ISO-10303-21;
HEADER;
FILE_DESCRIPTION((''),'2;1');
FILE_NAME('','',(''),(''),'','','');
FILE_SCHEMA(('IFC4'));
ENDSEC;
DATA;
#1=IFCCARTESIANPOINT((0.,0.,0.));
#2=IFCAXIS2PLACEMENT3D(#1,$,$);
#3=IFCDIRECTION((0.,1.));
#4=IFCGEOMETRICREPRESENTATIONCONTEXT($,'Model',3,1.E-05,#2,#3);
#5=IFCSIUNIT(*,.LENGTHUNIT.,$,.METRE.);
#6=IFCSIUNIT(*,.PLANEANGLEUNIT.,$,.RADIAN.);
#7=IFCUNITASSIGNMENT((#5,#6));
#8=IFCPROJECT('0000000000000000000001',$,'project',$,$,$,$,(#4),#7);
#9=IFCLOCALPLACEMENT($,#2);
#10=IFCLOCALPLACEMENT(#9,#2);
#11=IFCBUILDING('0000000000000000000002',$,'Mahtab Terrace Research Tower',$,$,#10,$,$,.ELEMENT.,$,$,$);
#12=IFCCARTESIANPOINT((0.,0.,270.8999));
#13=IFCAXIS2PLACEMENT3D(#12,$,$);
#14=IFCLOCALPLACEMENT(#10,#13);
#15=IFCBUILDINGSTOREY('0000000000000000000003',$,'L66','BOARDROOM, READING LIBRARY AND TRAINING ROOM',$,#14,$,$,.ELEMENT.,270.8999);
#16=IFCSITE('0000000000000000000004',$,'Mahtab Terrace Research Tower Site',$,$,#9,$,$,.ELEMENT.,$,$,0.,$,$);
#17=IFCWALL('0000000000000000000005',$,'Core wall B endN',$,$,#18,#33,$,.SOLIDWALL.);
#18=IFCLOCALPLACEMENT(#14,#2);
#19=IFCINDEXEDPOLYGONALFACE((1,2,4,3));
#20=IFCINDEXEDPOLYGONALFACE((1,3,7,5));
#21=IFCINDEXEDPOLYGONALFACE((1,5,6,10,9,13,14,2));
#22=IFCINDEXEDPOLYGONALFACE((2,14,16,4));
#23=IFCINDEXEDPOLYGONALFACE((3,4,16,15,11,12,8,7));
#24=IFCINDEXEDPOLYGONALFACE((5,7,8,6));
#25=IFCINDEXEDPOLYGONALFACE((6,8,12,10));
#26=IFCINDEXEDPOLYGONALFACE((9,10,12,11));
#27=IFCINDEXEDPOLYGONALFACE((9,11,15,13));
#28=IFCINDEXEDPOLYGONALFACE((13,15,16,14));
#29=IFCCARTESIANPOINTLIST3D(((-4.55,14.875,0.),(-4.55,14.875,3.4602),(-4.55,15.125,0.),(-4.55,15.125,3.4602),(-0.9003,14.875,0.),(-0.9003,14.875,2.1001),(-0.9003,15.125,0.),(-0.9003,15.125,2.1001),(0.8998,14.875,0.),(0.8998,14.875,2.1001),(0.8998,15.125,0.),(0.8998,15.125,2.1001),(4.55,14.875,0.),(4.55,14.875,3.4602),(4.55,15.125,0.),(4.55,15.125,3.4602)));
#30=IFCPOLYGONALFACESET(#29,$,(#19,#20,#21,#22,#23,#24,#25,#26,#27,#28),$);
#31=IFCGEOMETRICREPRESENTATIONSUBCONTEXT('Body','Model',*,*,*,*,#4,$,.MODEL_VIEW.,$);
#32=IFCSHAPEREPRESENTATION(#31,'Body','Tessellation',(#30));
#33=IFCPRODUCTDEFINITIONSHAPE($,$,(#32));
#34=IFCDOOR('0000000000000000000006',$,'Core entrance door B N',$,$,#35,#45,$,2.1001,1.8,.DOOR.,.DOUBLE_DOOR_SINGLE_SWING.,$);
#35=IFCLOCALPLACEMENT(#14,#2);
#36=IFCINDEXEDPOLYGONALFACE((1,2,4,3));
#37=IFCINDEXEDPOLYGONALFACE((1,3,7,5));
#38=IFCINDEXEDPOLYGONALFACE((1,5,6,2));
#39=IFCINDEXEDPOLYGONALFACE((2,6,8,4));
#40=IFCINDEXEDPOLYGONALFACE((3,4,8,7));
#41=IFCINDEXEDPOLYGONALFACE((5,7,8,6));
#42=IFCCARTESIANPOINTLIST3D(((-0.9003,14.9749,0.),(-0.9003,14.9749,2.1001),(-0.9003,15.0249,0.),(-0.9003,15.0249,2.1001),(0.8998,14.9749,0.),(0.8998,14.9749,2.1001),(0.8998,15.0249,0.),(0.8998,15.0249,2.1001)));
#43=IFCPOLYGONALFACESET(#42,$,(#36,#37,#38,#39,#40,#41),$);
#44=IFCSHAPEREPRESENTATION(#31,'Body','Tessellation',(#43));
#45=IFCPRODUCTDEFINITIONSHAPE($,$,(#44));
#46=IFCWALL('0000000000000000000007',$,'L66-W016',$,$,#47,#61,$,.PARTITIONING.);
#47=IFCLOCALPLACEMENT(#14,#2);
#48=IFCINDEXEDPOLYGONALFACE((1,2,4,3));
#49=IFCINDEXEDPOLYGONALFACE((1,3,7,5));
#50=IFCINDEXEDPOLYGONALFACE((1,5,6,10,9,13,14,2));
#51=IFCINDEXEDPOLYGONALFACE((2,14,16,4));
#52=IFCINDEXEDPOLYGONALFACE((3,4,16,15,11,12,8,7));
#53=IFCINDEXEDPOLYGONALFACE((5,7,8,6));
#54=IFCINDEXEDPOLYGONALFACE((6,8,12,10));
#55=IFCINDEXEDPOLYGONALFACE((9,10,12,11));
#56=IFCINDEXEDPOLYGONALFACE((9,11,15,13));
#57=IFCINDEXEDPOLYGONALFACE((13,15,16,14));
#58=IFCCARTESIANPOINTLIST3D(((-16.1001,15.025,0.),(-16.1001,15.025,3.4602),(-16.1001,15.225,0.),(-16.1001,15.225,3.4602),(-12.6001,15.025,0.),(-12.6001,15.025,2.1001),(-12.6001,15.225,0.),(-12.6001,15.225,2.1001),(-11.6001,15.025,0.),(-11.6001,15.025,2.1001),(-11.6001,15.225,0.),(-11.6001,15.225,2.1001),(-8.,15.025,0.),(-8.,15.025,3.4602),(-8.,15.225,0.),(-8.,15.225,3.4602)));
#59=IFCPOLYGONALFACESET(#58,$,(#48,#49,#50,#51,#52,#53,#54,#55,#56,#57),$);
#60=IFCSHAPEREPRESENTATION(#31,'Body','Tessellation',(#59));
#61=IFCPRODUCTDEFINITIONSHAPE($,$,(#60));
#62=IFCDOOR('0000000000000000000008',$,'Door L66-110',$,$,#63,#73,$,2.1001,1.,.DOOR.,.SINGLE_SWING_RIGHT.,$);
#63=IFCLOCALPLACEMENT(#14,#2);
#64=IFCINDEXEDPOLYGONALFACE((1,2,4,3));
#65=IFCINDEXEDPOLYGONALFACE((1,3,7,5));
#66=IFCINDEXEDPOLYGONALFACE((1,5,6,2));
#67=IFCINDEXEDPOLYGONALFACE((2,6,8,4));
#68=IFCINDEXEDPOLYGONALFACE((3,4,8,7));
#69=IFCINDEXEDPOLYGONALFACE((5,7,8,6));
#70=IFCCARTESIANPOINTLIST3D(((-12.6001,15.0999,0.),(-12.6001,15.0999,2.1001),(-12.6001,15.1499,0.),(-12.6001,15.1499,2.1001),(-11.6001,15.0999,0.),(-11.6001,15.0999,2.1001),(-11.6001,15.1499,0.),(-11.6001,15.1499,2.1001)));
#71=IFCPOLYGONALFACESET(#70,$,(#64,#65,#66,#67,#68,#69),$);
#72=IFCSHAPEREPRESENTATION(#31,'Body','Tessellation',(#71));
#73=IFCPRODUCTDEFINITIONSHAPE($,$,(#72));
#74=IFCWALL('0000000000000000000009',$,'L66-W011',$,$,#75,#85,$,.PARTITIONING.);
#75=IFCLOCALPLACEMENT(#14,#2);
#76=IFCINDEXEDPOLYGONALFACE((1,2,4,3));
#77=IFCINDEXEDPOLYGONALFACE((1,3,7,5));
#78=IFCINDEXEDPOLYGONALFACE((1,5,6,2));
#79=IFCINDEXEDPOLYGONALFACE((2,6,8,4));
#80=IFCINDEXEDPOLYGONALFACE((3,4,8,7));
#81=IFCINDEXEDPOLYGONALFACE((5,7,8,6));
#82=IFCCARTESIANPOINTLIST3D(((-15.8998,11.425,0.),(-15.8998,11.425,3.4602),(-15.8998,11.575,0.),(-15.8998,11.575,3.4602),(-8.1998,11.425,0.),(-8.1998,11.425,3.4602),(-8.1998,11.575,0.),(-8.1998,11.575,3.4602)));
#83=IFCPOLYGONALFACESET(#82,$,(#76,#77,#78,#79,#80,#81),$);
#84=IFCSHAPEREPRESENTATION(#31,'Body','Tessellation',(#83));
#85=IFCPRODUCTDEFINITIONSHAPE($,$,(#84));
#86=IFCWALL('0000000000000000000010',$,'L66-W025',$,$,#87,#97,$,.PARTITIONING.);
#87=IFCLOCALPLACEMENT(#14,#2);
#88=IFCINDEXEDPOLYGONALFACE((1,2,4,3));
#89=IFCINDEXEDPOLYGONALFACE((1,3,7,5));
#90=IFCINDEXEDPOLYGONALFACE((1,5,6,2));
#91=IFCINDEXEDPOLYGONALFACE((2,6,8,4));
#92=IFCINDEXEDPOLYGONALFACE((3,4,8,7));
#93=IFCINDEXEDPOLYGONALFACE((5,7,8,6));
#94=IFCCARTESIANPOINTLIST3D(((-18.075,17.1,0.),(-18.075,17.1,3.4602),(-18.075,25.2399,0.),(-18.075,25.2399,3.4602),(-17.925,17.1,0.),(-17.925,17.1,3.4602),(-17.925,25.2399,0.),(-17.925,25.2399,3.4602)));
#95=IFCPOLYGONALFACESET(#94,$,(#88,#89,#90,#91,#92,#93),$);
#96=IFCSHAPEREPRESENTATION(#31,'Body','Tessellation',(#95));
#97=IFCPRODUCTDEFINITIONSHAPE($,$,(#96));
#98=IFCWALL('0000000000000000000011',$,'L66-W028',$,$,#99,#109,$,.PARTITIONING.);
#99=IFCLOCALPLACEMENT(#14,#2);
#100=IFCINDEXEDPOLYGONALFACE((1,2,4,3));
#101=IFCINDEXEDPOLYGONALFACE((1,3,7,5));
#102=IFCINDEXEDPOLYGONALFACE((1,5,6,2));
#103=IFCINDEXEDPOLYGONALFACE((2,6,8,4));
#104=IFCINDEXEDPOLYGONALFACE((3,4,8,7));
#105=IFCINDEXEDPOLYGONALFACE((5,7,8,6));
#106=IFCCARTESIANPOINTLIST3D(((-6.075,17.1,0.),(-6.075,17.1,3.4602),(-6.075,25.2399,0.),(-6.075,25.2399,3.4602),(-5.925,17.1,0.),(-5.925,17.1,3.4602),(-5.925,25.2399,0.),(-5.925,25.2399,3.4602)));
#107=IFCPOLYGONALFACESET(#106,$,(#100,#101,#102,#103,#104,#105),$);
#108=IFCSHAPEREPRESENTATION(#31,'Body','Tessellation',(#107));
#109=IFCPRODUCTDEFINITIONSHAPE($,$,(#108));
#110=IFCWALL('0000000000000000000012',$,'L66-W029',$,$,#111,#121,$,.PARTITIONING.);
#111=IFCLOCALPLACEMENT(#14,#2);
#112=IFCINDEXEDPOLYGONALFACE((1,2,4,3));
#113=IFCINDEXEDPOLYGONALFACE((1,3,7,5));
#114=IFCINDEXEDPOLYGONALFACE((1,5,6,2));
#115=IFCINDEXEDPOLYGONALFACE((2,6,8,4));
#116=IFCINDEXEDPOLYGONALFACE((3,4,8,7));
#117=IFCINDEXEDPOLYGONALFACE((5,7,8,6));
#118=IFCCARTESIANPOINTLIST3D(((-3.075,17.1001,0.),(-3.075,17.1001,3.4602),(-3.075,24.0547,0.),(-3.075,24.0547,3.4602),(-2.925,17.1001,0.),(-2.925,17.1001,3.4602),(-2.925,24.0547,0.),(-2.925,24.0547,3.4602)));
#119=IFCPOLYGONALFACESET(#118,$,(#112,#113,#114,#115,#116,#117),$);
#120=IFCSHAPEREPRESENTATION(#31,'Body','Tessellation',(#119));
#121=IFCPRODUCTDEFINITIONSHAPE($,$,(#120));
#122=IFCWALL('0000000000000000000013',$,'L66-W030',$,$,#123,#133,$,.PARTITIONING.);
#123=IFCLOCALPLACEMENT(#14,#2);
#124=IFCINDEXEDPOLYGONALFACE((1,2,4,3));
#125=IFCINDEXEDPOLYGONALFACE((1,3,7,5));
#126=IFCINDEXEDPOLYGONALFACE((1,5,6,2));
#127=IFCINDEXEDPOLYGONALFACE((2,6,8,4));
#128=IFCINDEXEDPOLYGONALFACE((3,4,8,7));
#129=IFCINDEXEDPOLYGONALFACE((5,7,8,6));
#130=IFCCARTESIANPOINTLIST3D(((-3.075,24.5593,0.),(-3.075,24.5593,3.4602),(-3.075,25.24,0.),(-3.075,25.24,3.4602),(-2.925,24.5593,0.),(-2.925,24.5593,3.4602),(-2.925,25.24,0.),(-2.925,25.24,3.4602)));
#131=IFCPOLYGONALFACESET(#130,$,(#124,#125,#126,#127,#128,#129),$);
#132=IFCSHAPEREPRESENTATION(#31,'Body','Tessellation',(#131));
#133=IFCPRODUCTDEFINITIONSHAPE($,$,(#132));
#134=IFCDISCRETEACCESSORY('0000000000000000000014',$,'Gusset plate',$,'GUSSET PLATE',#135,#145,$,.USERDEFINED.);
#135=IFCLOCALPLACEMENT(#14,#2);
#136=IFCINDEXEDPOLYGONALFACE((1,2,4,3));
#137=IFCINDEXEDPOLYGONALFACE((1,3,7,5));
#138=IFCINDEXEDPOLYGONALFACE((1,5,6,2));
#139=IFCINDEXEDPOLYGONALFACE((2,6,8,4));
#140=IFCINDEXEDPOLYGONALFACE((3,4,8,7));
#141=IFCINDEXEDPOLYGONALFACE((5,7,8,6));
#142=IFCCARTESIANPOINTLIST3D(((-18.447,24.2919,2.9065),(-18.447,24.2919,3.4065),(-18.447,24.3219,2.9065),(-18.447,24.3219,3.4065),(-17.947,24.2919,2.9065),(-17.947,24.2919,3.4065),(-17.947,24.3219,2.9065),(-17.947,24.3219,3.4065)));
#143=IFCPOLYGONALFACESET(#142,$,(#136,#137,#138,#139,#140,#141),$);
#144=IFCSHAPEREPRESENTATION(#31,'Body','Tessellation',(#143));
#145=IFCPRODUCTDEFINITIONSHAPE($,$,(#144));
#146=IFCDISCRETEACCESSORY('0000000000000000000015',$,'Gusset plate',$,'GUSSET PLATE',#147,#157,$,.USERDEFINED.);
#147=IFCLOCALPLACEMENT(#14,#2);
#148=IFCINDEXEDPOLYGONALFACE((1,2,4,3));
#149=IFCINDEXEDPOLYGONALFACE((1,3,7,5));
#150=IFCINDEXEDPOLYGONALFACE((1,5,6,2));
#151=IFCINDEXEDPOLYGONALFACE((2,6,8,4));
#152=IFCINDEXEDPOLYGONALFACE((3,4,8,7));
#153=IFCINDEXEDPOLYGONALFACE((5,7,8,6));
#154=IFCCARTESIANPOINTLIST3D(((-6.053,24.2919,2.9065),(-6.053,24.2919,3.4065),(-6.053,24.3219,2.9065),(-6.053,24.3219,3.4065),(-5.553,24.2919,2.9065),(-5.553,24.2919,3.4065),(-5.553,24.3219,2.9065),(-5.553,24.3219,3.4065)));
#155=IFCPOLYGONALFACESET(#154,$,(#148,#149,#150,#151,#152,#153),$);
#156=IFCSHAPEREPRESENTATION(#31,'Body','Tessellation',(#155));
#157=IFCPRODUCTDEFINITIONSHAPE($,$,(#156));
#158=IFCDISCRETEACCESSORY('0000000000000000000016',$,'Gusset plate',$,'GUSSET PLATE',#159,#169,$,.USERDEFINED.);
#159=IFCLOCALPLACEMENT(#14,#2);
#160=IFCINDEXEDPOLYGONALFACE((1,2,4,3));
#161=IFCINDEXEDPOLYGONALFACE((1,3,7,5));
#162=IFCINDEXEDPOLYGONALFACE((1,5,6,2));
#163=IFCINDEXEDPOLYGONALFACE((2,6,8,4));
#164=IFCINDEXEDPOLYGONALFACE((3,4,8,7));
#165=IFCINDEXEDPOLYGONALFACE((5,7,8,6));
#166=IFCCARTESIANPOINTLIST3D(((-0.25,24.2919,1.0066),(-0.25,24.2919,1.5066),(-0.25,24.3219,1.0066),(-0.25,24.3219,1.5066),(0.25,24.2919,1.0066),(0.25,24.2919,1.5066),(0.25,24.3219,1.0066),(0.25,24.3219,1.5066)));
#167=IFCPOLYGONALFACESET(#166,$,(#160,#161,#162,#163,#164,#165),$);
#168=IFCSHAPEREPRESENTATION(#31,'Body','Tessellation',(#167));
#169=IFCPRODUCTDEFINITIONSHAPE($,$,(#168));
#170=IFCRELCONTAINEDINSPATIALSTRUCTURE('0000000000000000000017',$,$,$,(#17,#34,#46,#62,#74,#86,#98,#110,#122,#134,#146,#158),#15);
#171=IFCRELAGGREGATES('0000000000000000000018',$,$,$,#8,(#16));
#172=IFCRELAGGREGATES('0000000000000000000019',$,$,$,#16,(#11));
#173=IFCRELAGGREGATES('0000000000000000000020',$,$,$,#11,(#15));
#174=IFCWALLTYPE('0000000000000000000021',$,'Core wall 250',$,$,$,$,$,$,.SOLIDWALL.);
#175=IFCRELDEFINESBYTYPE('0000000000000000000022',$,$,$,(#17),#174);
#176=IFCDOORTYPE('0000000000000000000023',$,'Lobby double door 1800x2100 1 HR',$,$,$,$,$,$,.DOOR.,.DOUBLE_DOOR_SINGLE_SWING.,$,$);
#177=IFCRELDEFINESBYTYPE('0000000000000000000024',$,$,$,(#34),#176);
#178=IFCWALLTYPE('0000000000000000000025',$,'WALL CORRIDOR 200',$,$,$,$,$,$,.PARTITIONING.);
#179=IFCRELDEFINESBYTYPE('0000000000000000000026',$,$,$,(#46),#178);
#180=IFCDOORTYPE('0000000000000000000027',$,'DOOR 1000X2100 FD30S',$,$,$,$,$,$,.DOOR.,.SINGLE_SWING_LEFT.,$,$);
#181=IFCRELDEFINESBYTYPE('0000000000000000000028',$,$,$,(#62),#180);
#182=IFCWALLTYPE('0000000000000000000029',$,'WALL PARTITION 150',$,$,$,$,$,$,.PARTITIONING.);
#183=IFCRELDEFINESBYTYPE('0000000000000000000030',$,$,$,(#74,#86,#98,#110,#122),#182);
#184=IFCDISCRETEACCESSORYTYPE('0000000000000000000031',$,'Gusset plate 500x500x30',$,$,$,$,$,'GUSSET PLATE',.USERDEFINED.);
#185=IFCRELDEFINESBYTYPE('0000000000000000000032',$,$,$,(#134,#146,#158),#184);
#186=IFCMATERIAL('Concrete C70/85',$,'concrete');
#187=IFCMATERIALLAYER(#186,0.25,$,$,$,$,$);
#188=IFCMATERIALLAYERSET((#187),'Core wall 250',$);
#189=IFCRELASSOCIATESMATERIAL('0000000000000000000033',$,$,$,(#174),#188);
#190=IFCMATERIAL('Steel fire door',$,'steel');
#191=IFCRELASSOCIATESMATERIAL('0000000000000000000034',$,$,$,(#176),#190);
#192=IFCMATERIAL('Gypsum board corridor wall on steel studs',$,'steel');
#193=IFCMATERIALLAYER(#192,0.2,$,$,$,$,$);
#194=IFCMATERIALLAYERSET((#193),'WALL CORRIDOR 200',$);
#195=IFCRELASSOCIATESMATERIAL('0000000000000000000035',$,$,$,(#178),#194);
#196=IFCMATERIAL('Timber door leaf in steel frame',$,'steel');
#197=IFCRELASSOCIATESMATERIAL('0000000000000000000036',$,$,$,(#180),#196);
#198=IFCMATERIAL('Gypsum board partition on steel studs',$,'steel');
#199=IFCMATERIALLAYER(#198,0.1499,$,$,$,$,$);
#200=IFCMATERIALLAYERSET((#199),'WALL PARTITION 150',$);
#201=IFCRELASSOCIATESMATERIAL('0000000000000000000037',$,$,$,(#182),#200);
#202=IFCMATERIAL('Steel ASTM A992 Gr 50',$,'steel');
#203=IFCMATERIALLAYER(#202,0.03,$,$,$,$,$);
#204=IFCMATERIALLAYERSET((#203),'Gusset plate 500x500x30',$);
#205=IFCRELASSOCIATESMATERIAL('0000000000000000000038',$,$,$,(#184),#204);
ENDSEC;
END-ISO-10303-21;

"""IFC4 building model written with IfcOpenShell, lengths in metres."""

from ifc_helpers import new_model, si_unit, direction, frame, frame_2d, origin, origin_2d, place, context, subcontext, project, spatial, rectangle, extrude, material, layer, layer_set, type_object, element, fill, save


model = new_model("IFC4")

# Units and contexts
model_context = context("Model", 3, precision=1e-05, world=origin(), true_north=direction((0.0, 1.0)))
body_context = subcontext(model_context, "Body", "Model", "MODEL_VIEW")
ifc_project = project(units=[si_unit("LENGTHUNIT", "METRE"), si_unit("PLANEANGLEUNIT", "RADIAN")], contexts=[model_context])

# Site, building, storey
site_placement = place(None, origin())
site = spatial("IfcSite", under=ifc_project, at=site_placement, Name="Mahtab Terrace Research Tower Site", CompositionType="ELEMENT", RefElevation=0.0)
building_placement = place(site_placement, origin())
building = spatial("IfcBuilding", under=site, at=building_placement, Name="Mahtab Terrace Research Tower", CompositionType="ELEMENT")
storey_placement = place(building_placement, frame((0.0, 0.0, 270.8999)))
storey = spatial("IfcBuildingStorey", under=building, at=storey_placement, Name="L66", Description="BOARDROOM, READING LIBRARY AND TRAINING ROOM", CompositionType="ELEMENT", Elevation=270.8999)

# Shared definitions
ifc_material_1 = material(Name="Concrete C70/85", Category="concrete")
ifc_material_2 = material(Name="Steel ASTM A992 Gr 50", Category="steel")

# Shared definitions
ifc_layer_1 = layer(ifc_material_1, 0.25)
ifc_layer_set_1 = layer_set([ifc_layer_1], Name="Core wall 250")
wall_type_1 = type_object("IfcWallType", Name="Core wall 250", PredefinedType="SOLIDWALL", material=ifc_layer_set_1)

# Walls, openings, doors
wall_1_placement = place(storey_placement, frame((-4.55, 15.0, 0.0), z_axis=(0.0, 0.0, 1.0), x_axis=(1.0, 0.0, 0.0)))
wall_1 = element("IfcWall", 1, at=wall_1_placement, inside=storey, type_object=wall_type_1, Name="Core wall B endN", PredefinedType="SOLIDWALL", context=body_context, shape_type="SweptSolid", body=[
    extrude(rectangle(XDim=9.1001, YDim=0.25, at=frame_2d((4.55, 0.0))), origin(), (0.0, 0.0, 1.0), 3.4602),
])
opening_1_placement = place(wall_1_placement, frame((3.6499, 0.0, 0.0)))
opening_1 = element("IfcOpeningElement", 2, at=opening_1_placement, cuts=wall_1, PredefinedType="OPENING", context=body_context, shape_type="SweptSolid", body=[
    extrude(rectangle(XDim=1.8, YDim=2.1001, at=frame_2d((0.8999, 1.05))), frame((0.0, 0.135, 0.0), z_axis=(0.0, -1.0, 0.0), x_axis=(1.0, 0.0, 0.0)), (0.0, 0.0, 1.0), 0.27),
])
ifc_material_3 = material(Name="Steel fire door", Category="steel")
door_type_1 = type_object("IfcDoorType", Name="Lobby double door 1800x2100 1 HR", OperationType="DOUBLE_DOOR_SINGLE_SWING", PredefinedType="DOOR", material=ifc_material_3)
door_1_placement = place(opening_1_placement, origin())
door_1 = element("IfcDoor", 3, at=door_1_placement, inside=storey, type_object=door_type_1, Name="Core entrance door B N", OperationType="DOUBLE_DOOR_SINGLE_SWING", OverallHeight=2.1001, OverallWidth=1.8, PredefinedType="DOOR", context=body_context, shape_type="SweptSolid", body=[
    extrude(rectangle(XDim=1.8, YDim=2.1001, at=frame_2d((0.8999, 1.05))), frame((0.0, 0.0249, 0.0), z_axis=(0.0, -1.0, 0.0), x_axis=(1.0, 0.0, 0.0)), (0.0, 0.0, 1.0), 0.05),
])
fill(opening_1, door_1)
ifc_material_4 = material(Name="Gypsum board corridor wall on steel studs", Category="steel")
ifc_layer_2 = layer(ifc_material_4, 0.2)
ifc_layer_set_2 = layer_set([ifc_layer_2], Name="WALL CORRIDOR 200")
wall_type_2 = type_object("IfcWallType", Name="WALL CORRIDOR 200", PredefinedType="PARTITIONING", material=ifc_layer_set_2)
wall_2_placement = place(storey_placement, frame((-16.1001, 15.125, 0.0), z_axis=(0.0, 0.0, 1.0), x_axis=(1.0, 0.0, 0.0)))
wall_2 = element("IfcWall", 4, at=wall_2_placement, inside=storey, type_object=wall_type_2, Name="L66-W016", PredefinedType="PARTITIONING", context=body_context, shape_type="SweptSolid", body=[
    extrude(rectangle(XDim=8.1001, YDim=0.2, at=frame_2d((4.05, 0.0))), origin(), (0.0, 0.0, 1.0), 3.4602),
])
opening_2_placement = place(wall_2_placement, frame((3.5, 0.0, 0.0)))
opening_2 = element("IfcOpeningElement", 5, at=opening_2_placement, cuts=wall_2, PredefinedType="OPENING", context=body_context, shape_type="SweptSolid", body=[
    extrude(rectangle(XDim=1.0, YDim=2.1001, at=frame_2d((0.5, 1.05))), frame((0.0, 0.1099, 0.0), z_axis=(0.0, -1.0, 0.0), x_axis=(1.0, 0.0, 0.0)), (0.0, 0.0, 1.0), 0.22),
])
ifc_material_5 = material(Name="Timber door leaf in steel frame", Category="steel")
door_type_2 = type_object("IfcDoorType", Name="DOOR 1000X2100 FD30S", OperationType="SINGLE_SWING_LEFT", PredefinedType="DOOR", material=ifc_material_5)
door_2_placement = place(opening_2_placement, origin())
door_2 = element("IfcDoor", 6, at=door_2_placement, inside=storey, type_object=door_type_2, Name="Door L66-110", OperationType="SINGLE_SWING_RIGHT", OverallHeight=2.1001, OverallWidth=1.0, PredefinedType="DOOR", context=body_context, shape_type="SweptSolid", body=[
    extrude(rectangle(XDim=1.0, YDim=2.1001, at=frame_2d((0.5, 1.05))), frame((0.0, 0.0249, 0.0), z_axis=(0.0, -1.0, 0.0), x_axis=(1.0, 0.0, 0.0)), (0.0, 0.0, 1.0), 0.05),
])
fill(opening_2, door_2)

# Walls
ifc_material_6 = material(Name="Gypsum board partition on steel studs", Category="steel")
ifc_layer_3 = layer(ifc_material_6, 0.1499)
ifc_layer_set_3 = layer_set([ifc_layer_3], Name="WALL PARTITION 150")
wall_type_3 = type_object("IfcWallType", Name="WALL PARTITION 150", PredefinedType="PARTITIONING", material=ifc_layer_set_3)
wall_3_placement = place(storey_placement, frame((-15.8999, 11.5, 0.0), z_axis=(0.0, 0.0, 1.0), x_axis=(1.0, 0.0, 0.0)))
element("IfcWall", 7, at=wall_3_placement, inside=storey, type_object=wall_type_3, Name="L66-W011", PredefinedType="PARTITIONING", context=body_context, shape_type="SweptSolid", body=[
    extrude(rectangle(XDim=7.7, YDim=0.1499, at=frame_2d((3.8501, 0.0))), origin(), (0.0, 0.0, 1.0), 3.4602),
])
for number, where, z_axis, x_axis, name in (
    (8, (-18.0, 17.1001, 0.0), (0.0, 0.0, 1.0), (0.0, 1.0, 0.0), "L66-W025"),
    (9, (-6.0, 17.1001, 0.0), (0.0, 0.0, 1.0), (0.0, 1.0, 0.0), "L66-W028"),
):
    element("IfcWall", number, at=place(storey_placement, frame(where, z_axis=z_axis, x_axis=x_axis)), inside=storey, type_object=wall_type_3, Name=name, PredefinedType="PARTITIONING", context=body_context, shape_type="SweptSolid", body=[
        extrude(rectangle(XDim=8.1399, YDim=0.1499, at=frame_2d((4.0698, 0.0))), origin(), (0.0, 0.0, 1.0), 3.4602),
    ])
wall_4_placement = place(storey_placement, frame((-3.0, 17.1001, 0.0), z_axis=(0.0, 0.0, 1.0), x_axis=(0.0, 1.0, 0.0)))
element("IfcWall", 10, at=wall_4_placement, inside=storey, type_object=wall_type_3, Name="L66-W029", PredefinedType="PARTITIONING", context=body_context, shape_type="SweptSolid", body=[
    extrude(rectangle(XDim=6.9546, YDim=0.1499, at=frame_2d((3.4773, 0.0))), origin(), (0.0, 0.0, 1.0), 3.4602),
])
wall_5_placement = place(storey_placement, frame((-3.0, 24.5593, 0.0), z_axis=(0.0, 0.0, 1.0), x_axis=(0.0, 1.0, 0.0)))
element("IfcWall", 11, at=wall_5_placement, inside=storey, type_object=wall_type_3, Name="L66-W030", PredefinedType="PARTITIONING", context=body_context, shape_type="SweptSolid", body=[
    extrude(rectangle(XDim=0.6807, YDim=0.1499, at=frame_2d((0.3403, 0.0))), origin(), (0.0, 0.0, 1.0), 3.4602),
])

# Discrete accessories
ifc_layer_4 = layer(ifc_material_2, 0.03)
ifc_layer_set_4 = layer_set([ifc_layer_4], Name="Gusset plate 500x500x30")
discrete_accessory_type = type_object("IfcDiscreteAccessoryType", Name="Gusset plate 500x500x30", ElementType="GUSSET PLATE", PredefinedType="USERDEFINED", material=ifc_layer_set_4)
for number, where, z_axis, x_axis, name in (
    (12, (-18.197, 24.3069, 2.9065), (0.0, 0.0, 1.0), (1.0, 0.0, 0.0), "Gusset plate"),
    (13, (-5.803, 24.3069, 2.9065), (0.0, 0.0, 1.0), (1.0, 0.0, 0.0), "Gusset plate"),
    (14, (0.0, 24.3069, 1.0066), (0.0, 0.0, 1.0), (1.0, 0.0, 0.0), "Gusset plate"),
):
    element("IfcDiscreteAccessory", number, at=place(storey_placement, frame(where, z_axis=z_axis, x_axis=x_axis)), inside=storey, type_object=discrete_accessory_type, Name=name, ObjectType="GUSSET PLATE", PredefinedType="USERDEFINED", context=body_context, shape_type="SweptSolid", body=[
        extrude(rectangle(XDim=0.5, YDim=0.03, at=origin_2d()), origin(), (0.0, 0.0, 1.0), 0.5),
    ])

save(model, "model.ifc")
